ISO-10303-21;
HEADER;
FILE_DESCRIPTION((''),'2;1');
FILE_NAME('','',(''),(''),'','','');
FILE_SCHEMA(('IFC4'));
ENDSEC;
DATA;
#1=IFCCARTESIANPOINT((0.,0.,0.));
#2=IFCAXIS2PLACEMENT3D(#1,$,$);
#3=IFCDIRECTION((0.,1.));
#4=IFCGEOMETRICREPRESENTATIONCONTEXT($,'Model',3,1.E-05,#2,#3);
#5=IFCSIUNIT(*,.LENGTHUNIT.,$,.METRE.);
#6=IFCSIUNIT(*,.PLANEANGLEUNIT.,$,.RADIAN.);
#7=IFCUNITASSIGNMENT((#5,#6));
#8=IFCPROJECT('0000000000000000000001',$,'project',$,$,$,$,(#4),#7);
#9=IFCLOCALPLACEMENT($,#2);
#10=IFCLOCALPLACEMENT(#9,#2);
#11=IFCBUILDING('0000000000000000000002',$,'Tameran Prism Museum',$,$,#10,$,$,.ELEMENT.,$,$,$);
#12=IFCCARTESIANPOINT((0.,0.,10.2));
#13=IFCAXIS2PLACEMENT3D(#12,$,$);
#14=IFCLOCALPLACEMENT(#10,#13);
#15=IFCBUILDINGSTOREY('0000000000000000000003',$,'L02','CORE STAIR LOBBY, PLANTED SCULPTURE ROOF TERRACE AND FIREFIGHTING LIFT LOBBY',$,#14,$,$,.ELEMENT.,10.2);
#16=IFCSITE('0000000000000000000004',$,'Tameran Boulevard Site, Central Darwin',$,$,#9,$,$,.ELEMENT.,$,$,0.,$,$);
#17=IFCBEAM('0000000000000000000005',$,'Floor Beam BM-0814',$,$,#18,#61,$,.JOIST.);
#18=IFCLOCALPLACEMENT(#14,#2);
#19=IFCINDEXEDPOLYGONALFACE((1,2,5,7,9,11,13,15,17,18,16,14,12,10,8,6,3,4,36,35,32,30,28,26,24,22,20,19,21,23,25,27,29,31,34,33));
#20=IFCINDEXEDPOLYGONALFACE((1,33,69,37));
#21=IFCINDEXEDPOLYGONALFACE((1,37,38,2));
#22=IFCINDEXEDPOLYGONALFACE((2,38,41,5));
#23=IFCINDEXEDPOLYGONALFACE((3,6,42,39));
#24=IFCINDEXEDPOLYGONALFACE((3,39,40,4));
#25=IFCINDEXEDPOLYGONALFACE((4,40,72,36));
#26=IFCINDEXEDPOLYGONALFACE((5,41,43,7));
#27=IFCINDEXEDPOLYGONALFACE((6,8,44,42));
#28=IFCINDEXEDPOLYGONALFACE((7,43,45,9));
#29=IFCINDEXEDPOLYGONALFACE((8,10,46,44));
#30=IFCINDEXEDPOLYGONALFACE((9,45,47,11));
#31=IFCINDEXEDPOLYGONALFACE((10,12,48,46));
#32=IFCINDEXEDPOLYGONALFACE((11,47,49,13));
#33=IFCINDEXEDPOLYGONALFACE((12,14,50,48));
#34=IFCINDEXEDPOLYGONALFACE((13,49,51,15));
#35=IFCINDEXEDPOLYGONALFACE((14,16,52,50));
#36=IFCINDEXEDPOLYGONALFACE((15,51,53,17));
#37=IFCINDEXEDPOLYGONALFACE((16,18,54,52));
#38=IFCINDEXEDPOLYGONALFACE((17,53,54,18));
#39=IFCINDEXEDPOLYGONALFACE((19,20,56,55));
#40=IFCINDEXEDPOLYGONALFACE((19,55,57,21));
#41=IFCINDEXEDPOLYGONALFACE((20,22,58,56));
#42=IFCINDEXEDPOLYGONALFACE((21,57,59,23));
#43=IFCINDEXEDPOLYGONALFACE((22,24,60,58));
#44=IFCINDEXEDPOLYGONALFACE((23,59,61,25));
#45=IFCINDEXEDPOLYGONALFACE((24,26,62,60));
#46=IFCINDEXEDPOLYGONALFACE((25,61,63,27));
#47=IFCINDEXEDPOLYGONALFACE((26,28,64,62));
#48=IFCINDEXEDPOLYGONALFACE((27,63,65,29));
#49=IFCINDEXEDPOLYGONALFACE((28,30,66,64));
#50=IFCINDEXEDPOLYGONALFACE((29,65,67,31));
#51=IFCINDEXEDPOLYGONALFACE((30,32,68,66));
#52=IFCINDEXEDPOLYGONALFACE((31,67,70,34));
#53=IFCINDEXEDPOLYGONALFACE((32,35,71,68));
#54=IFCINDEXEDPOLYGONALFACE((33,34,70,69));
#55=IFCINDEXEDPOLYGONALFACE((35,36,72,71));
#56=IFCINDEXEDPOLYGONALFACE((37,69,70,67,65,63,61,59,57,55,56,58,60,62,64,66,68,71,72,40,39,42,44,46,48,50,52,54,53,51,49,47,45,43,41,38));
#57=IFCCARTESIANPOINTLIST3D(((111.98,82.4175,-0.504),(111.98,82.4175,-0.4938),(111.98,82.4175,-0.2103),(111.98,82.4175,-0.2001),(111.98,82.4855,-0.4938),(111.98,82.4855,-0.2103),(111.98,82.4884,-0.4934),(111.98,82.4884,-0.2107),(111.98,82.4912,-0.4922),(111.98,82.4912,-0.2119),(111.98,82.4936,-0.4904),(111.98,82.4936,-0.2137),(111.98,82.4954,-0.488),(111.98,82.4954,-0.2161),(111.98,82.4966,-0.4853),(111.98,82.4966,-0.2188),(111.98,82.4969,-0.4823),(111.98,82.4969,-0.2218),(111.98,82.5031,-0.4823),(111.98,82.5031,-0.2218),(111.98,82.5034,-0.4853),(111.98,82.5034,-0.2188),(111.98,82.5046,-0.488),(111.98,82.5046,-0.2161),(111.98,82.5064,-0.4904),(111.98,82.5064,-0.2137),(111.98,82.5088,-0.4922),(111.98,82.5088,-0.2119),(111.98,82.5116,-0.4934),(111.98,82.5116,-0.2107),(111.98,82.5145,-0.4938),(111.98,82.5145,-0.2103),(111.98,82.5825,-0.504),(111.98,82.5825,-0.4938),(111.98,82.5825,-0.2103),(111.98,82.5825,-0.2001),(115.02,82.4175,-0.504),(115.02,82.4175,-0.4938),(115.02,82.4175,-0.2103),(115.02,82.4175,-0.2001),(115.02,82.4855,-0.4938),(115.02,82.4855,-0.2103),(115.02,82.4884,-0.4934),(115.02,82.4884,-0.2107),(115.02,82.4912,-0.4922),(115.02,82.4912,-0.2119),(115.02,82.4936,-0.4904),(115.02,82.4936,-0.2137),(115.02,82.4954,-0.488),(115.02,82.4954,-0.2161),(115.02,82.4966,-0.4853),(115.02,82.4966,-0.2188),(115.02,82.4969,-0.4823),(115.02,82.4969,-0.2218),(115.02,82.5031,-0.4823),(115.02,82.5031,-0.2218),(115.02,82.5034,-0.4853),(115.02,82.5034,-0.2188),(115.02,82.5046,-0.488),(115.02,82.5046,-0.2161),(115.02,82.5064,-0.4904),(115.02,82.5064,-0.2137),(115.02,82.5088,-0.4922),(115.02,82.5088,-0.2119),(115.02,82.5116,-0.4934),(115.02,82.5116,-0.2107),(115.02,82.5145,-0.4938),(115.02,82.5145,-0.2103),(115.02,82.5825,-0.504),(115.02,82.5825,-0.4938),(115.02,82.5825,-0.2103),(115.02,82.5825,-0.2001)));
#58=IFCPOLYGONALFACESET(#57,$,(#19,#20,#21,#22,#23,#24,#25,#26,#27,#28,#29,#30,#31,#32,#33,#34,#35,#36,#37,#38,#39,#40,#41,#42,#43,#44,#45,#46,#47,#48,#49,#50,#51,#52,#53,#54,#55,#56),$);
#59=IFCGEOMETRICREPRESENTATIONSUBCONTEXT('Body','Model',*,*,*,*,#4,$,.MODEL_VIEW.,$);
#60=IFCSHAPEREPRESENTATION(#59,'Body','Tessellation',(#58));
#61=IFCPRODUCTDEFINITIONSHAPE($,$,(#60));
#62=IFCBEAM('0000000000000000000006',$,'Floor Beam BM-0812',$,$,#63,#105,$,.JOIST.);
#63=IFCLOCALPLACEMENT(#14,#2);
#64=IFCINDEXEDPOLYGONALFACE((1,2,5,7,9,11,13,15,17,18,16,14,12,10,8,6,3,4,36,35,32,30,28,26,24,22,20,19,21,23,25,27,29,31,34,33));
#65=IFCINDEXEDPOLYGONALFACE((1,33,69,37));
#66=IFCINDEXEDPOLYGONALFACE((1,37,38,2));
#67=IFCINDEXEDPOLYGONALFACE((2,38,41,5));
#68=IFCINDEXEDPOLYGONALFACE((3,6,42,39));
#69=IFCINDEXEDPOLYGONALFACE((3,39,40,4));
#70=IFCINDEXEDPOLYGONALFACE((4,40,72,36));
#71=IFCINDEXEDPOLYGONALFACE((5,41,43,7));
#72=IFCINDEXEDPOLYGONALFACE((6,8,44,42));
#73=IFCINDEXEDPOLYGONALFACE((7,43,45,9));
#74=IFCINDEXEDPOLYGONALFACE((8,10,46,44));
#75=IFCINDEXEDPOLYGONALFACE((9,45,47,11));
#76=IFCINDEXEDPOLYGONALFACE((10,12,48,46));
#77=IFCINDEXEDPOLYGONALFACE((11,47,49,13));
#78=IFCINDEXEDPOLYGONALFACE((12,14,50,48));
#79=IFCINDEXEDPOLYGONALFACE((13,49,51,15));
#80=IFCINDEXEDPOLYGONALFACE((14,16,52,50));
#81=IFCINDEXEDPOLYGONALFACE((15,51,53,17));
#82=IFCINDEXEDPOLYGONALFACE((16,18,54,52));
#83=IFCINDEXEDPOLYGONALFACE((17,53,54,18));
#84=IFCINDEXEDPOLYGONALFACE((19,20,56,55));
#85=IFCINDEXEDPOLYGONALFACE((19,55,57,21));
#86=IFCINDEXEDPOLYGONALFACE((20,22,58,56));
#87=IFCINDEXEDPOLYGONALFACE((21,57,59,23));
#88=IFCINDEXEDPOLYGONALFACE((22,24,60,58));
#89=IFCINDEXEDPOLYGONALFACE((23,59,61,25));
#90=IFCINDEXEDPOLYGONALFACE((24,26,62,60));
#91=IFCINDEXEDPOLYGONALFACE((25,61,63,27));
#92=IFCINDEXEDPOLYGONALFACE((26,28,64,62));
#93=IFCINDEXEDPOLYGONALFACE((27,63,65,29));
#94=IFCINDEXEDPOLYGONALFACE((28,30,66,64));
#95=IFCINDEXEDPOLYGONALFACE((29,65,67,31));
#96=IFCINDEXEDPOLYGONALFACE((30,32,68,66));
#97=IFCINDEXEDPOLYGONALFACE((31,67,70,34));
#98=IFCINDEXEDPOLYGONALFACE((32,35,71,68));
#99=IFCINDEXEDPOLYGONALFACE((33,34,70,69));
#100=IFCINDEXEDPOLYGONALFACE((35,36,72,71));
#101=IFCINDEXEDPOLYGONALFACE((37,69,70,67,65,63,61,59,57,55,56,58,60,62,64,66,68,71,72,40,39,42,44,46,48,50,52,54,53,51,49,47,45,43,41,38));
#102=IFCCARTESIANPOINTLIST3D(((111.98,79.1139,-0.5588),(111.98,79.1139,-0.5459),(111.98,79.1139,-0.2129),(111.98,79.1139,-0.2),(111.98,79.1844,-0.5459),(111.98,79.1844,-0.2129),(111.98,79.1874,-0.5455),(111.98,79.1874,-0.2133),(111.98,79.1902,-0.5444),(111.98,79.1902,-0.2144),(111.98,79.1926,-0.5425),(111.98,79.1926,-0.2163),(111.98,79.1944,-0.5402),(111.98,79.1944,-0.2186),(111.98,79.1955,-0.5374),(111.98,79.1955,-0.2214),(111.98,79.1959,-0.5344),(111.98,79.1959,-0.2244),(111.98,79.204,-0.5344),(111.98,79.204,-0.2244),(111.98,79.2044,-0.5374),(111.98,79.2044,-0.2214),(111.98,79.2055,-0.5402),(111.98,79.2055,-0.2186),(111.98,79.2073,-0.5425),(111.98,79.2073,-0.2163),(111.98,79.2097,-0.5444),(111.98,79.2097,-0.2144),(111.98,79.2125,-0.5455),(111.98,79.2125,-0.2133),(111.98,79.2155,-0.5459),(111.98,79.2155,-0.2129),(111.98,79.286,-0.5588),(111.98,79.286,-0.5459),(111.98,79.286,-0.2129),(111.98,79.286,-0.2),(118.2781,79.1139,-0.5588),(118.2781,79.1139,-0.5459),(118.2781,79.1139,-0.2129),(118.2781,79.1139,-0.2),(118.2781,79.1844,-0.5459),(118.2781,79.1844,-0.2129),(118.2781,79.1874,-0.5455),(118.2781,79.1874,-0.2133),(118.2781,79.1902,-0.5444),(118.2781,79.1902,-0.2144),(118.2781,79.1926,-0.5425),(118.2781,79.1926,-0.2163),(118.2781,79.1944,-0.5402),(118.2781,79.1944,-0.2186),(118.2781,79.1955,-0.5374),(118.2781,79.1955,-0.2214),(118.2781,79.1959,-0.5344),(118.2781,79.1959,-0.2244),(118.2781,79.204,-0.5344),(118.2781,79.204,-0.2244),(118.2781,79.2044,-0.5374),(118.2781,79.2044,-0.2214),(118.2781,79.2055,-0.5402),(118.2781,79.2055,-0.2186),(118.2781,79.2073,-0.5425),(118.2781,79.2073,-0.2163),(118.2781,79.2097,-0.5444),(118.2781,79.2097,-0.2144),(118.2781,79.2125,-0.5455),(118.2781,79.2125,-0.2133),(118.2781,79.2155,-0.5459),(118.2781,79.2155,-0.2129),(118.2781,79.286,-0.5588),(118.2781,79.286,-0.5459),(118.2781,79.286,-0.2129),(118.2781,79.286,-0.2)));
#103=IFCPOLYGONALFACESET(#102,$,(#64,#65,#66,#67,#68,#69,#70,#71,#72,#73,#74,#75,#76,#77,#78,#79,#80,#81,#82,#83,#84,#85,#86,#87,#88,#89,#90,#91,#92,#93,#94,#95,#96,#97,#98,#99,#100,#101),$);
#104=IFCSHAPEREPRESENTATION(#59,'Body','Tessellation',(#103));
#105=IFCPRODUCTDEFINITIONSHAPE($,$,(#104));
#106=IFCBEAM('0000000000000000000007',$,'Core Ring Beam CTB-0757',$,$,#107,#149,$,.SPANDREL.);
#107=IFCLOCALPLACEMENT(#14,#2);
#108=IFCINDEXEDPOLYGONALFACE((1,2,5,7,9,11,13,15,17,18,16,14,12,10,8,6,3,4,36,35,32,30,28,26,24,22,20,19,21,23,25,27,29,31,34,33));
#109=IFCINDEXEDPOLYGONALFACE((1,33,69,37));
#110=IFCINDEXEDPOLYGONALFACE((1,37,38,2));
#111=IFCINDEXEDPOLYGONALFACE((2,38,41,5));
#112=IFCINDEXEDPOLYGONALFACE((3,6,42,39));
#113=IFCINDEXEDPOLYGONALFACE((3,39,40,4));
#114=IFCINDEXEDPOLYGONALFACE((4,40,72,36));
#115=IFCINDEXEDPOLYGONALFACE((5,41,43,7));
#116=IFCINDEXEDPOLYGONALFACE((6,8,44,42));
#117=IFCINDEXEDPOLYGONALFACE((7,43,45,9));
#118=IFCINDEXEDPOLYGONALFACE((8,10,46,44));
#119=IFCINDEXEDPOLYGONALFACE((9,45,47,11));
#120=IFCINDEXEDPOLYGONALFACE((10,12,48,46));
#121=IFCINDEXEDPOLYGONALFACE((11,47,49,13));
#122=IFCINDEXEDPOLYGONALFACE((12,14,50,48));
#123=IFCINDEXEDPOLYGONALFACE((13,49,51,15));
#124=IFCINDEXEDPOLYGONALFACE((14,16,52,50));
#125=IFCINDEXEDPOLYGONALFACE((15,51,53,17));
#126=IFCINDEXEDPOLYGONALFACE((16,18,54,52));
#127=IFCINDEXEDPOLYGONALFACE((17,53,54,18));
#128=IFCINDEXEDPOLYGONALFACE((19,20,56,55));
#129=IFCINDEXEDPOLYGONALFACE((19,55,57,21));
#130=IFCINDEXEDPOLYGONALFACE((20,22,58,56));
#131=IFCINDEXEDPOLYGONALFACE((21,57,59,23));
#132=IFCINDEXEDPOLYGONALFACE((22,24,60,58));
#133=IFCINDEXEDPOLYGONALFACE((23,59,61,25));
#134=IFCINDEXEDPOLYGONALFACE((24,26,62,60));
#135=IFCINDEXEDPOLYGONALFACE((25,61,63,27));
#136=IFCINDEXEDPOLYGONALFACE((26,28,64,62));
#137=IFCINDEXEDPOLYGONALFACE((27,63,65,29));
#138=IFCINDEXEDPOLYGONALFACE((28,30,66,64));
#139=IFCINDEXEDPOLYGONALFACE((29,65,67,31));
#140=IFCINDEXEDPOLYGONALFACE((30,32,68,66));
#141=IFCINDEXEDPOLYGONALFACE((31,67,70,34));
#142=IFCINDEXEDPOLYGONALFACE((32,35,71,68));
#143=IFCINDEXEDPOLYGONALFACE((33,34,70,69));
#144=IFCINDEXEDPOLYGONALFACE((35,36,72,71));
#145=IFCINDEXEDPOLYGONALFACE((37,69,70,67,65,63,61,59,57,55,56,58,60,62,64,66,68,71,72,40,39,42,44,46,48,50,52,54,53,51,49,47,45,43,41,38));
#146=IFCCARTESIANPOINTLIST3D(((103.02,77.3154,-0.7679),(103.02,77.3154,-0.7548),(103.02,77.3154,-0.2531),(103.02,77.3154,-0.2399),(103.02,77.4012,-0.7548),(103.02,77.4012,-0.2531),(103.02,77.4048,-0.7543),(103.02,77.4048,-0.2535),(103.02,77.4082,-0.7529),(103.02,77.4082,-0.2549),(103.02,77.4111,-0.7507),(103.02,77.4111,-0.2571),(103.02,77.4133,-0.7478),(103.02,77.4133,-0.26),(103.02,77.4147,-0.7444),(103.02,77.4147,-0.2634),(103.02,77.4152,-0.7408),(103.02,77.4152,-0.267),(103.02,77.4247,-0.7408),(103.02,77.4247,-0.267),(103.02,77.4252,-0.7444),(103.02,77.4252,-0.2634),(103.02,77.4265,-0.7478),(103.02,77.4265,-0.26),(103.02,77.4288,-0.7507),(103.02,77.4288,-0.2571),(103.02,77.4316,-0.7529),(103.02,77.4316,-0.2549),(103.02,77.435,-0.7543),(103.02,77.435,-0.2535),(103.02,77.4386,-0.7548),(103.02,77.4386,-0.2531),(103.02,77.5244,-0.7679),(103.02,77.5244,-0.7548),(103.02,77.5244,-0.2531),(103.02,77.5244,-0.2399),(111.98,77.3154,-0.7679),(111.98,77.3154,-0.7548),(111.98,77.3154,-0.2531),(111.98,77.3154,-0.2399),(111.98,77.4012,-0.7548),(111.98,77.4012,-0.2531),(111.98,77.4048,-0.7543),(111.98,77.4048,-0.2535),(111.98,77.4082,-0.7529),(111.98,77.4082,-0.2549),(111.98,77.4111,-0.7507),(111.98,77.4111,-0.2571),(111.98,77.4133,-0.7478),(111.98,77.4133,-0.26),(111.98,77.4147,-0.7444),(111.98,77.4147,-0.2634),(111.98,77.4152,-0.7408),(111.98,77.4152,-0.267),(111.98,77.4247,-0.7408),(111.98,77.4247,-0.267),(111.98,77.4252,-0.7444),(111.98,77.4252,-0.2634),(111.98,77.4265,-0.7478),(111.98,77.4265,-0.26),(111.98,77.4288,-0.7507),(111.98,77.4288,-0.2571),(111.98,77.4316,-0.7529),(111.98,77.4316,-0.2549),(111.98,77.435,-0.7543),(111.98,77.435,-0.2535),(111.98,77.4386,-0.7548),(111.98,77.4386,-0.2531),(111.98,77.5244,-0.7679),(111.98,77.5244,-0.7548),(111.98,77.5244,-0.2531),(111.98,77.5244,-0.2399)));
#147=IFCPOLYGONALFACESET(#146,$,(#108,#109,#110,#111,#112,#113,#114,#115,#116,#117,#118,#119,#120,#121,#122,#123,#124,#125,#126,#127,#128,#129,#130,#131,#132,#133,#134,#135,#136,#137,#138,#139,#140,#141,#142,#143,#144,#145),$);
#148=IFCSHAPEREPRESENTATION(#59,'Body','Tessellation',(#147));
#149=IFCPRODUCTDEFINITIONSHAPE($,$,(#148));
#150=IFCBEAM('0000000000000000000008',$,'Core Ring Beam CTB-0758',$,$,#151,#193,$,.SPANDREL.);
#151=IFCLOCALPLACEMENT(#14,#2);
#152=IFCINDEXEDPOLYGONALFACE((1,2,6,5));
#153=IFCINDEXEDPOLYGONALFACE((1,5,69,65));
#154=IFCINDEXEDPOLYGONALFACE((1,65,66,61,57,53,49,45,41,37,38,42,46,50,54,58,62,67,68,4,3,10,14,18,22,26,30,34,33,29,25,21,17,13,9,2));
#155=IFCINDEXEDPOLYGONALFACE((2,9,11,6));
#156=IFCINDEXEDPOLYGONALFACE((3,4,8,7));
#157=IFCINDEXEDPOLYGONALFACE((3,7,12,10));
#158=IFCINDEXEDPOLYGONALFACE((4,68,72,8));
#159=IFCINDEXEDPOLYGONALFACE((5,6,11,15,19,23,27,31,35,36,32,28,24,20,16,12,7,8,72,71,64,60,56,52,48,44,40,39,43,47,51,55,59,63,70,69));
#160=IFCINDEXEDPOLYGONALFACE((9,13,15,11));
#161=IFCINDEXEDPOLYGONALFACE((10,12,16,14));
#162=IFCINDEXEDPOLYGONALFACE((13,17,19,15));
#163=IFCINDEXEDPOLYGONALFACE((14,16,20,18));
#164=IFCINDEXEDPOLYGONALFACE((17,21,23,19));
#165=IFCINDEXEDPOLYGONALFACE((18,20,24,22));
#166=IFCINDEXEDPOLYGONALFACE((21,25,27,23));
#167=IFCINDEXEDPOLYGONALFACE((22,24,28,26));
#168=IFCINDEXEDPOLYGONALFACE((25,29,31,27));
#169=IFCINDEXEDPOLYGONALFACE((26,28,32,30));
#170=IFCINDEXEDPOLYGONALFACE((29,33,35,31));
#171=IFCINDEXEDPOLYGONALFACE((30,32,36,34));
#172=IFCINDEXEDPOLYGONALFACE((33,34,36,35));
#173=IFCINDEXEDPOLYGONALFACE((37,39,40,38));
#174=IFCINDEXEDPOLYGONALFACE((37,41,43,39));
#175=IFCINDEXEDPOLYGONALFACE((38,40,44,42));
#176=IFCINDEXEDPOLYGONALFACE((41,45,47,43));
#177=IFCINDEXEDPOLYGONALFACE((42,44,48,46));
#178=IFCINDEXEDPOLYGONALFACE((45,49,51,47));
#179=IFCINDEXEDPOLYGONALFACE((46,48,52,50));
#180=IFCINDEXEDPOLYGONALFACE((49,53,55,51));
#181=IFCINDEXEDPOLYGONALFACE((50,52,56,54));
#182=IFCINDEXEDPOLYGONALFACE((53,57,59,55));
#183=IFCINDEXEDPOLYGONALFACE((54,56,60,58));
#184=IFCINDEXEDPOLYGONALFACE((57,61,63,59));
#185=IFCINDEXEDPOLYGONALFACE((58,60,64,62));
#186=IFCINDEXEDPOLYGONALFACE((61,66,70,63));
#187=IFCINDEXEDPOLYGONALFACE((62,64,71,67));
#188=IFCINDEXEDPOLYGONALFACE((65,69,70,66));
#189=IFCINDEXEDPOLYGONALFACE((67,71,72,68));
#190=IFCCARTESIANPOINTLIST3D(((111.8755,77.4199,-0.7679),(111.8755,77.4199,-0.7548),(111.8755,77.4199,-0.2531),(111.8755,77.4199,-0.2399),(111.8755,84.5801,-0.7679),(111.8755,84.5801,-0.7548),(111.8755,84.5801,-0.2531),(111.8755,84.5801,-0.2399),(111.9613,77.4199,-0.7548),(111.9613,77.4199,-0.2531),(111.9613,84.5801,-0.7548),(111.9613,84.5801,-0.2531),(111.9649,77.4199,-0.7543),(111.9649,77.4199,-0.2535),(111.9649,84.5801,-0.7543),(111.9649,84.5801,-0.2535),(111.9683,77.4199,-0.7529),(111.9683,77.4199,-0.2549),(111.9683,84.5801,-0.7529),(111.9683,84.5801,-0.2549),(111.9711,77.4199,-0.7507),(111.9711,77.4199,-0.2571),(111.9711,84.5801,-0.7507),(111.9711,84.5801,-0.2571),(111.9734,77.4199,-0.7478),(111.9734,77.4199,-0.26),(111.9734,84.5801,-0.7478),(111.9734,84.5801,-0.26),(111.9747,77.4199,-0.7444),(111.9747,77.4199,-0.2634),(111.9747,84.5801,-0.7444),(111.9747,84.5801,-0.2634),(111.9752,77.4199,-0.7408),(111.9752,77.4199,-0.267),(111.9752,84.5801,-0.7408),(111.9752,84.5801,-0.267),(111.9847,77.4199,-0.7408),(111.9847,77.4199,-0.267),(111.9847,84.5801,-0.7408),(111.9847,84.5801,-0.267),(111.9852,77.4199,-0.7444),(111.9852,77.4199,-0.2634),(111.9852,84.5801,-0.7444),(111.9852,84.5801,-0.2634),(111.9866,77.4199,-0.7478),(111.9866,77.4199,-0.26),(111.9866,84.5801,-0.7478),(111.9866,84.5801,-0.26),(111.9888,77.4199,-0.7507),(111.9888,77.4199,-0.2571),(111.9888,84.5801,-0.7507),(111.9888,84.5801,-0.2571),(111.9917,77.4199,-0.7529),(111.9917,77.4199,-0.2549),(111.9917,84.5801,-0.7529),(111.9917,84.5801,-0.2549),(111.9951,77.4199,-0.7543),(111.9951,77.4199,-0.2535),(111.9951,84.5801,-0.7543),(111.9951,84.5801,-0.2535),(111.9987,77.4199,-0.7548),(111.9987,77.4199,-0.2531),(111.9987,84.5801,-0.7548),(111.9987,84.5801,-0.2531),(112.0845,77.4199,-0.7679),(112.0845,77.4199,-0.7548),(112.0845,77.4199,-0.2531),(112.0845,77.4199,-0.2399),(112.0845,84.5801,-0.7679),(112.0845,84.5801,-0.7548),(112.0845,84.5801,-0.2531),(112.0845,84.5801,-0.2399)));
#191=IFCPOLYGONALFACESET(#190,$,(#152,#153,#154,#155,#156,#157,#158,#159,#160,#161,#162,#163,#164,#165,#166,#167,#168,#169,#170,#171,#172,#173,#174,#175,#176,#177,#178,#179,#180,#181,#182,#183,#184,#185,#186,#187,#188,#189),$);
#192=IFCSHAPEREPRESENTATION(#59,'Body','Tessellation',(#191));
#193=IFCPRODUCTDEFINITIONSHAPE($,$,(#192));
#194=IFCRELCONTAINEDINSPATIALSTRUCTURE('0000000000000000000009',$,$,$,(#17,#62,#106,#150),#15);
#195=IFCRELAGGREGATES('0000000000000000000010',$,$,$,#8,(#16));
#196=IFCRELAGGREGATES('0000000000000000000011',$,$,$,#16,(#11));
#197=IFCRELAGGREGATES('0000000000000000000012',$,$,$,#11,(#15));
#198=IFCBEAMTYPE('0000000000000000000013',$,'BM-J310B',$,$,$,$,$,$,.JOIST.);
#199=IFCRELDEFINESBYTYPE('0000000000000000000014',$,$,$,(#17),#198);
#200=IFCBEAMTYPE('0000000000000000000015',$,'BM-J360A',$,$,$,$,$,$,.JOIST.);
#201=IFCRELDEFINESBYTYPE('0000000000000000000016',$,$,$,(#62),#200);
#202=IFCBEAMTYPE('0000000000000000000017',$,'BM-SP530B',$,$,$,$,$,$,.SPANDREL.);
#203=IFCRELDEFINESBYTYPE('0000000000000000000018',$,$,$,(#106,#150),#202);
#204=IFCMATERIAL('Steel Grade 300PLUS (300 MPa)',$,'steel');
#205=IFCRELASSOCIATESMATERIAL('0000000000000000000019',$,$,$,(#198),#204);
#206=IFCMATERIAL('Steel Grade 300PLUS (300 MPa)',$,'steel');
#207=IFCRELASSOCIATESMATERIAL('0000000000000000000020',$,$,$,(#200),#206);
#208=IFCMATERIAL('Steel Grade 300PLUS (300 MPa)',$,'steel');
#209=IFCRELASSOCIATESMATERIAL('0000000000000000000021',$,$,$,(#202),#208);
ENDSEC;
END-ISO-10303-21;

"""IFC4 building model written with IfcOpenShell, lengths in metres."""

from ifc_helpers import new_model, si_unit, direction, frame, origin, origin_2d, place, context, subcontext, project, spatial, i_section, extrude, material, material_profile, profile_set, type_object, element, save


model = new_model("IFC4")

# Units and contexts
model_context = context("Model", 3, precision=1e-05, world=origin(), true_north=direction((0.0, 1.0)))
body_context = subcontext(model_context, "Body", "Model", "MODEL_VIEW")
ifc_project = project(units=[si_unit("LENGTHUNIT", "METRE"), si_unit("PLANEANGLEUNIT", "RADIAN")], contexts=[model_context])

# Site, building, storey
site_placement = place(None, origin())
site = spatial("IfcSite", under=ifc_project, at=site_placement, Name="Tameran Boulevard Site, Central Darwin", CompositionType="ELEMENT", RefElevation=0.0)
building_placement = place(site_placement, origin())
building = spatial("IfcBuilding", under=site, at=building_placement, Name="Tameran Prism Museum", CompositionType="ELEMENT")
storey_placement = place(building_placement, frame((0.0, 0.0, 10.2)))
storey = spatial("IfcBuildingStorey", under=building, at=storey_placement, Name="L02", Description="CORE STAIR LOBBY, PLANTED SCULPTURE ROOF TERRACE AND FIREFIGHTING LIFT LOBBY", CompositionType="ELEMENT", Elevation=10.2)

# Beams
ifc_material_1 = material(Name="Steel Grade 300PLUS (300 MPa)", Category="steel")
ifc_material_profile_1 = material_profile(ifc_material_1, i_section(OverallWidth=0.165, OverallDepth=0.304, WebThickness=0.0061, FlangeThickness=0.0103, FilletRadius=0.0115, at=origin_2d()))
ifc_profile_set_1 = profile_set([ifc_material_profile_1])
beam_type_1 = type_object("IfcBeamType", Name="BM-J310B", PredefinedType="JOIST", material=ifc_profile_set_1)
beam_1_placement = place(storey_placement, frame((111.98, 82.5, -0.3521), z_axis=(1.0, 0.0, 0.0), x_axis=(0.0, 1.0, 0.0)))
element("IfcBeam", 1, at=beam_1_placement, inside=storey, type_object=beam_type_1, Name="Floor Beam BM-0814", PredefinedType="JOIST", context=body_context, shape_type="SweptSolid", body=[
    extrude(i_section(OverallWidth=0.165, OverallDepth=0.304, WebThickness=0.0061, FlangeThickness=0.0103, FilletRadius=0.0115, at=origin_2d()), origin(), (0.0, 0.0, 1.0), 3.04),
])
ifc_material_2 = material(Name="Steel Grade 300PLUS (300 MPa)", Category="steel")
ifc_material_profile_2 = material_profile(ifc_material_2, i_section(OverallWidth=0.1721, OverallDepth=0.3589, WebThickness=0.0081, FlangeThickness=0.0129, FilletRadius=0.0115, at=origin_2d()))
ifc_profile_set_2 = profile_set([ifc_material_profile_2])
beam_type_2 = type_object("IfcBeamType", Name="BM-J360A", PredefinedType="JOIST", material=ifc_profile_set_2)
beam_2_placement = place(storey_placement, frame((111.98, 79.2, -0.3794), z_axis=(1.0, 0.0, 0.0), x_axis=(0.0, 1.0, 0.0)))
element("IfcBeam", 2, at=beam_2_placement, inside=storey, type_object=beam_type_2, Name="Floor Beam BM-0812", PredefinedType="JOIST", context=body_context, shape_type="SweptSolid", body=[
    extrude(i_section(OverallWidth=0.1721, OverallDepth=0.3589, WebThickness=0.0081, FlangeThickness=0.0129, FilletRadius=0.0115, at=origin_2d()), origin(), (0.0, 0.0, 1.0), 6.2981),
])
ifc_material_3 = material(Name="Steel Grade 300PLUS (300 MPa)", Category="steel")
ifc_material_profile_3 = material_profile(ifc_material_3, i_section(OverallWidth=0.209, OverallDepth=0.5281, WebThickness=0.0095, FlangeThickness=0.0132, FilletRadius=0.0139, at=origin_2d()))
ifc_profile_set_3 = profile_set([ifc_material_profile_3])
beam_type_3 = type_object("IfcBeamType", Name="BM-SP530B", PredefinedType="SPANDREL", material=ifc_profile_set_3)
beam_3_placement = place(storey_placement, frame((103.02, 77.4199, -0.5039), z_axis=(1.0, 0.0, 0.0), x_axis=(0.0, 1.0, 0.0)))
element("IfcBeam", 3, at=beam_3_placement, inside=storey, type_object=beam_type_3, Name="Core Ring Beam CTB-0757", PredefinedType="SPANDREL", context=body_context, shape_type="SweptSolid", body=[
    extrude(i_section(OverallWidth=0.209, OverallDepth=0.5281, WebThickness=0.0095, FlangeThickness=0.0132, FilletRadius=0.0139, at=origin_2d()), origin(), (0.0, 0.0, 1.0), 8.96),
])
beam_4_placement = place(storey_placement, frame((111.98, 77.4199, -0.5039), z_axis=(0.0, 1.0, 0.0), x_axis=(-1.0, 0.0, 0.0)))
element("IfcBeam", 4, at=beam_4_placement, inside=storey, type_object=beam_type_3, Name="Core Ring Beam CTB-0758", PredefinedType="SPANDREL", context=body_context, shape_type="SweptSolid", body=[
    extrude(i_section(OverallWidth=0.209, OverallDepth=0.5281, WebThickness=0.0095, FlangeThickness=0.0132, FilletRadius=0.0139, at=origin_2d()), origin(), (0.0, 0.0, 1.0), 7.1602),
])

save(model, "model.ifc")
